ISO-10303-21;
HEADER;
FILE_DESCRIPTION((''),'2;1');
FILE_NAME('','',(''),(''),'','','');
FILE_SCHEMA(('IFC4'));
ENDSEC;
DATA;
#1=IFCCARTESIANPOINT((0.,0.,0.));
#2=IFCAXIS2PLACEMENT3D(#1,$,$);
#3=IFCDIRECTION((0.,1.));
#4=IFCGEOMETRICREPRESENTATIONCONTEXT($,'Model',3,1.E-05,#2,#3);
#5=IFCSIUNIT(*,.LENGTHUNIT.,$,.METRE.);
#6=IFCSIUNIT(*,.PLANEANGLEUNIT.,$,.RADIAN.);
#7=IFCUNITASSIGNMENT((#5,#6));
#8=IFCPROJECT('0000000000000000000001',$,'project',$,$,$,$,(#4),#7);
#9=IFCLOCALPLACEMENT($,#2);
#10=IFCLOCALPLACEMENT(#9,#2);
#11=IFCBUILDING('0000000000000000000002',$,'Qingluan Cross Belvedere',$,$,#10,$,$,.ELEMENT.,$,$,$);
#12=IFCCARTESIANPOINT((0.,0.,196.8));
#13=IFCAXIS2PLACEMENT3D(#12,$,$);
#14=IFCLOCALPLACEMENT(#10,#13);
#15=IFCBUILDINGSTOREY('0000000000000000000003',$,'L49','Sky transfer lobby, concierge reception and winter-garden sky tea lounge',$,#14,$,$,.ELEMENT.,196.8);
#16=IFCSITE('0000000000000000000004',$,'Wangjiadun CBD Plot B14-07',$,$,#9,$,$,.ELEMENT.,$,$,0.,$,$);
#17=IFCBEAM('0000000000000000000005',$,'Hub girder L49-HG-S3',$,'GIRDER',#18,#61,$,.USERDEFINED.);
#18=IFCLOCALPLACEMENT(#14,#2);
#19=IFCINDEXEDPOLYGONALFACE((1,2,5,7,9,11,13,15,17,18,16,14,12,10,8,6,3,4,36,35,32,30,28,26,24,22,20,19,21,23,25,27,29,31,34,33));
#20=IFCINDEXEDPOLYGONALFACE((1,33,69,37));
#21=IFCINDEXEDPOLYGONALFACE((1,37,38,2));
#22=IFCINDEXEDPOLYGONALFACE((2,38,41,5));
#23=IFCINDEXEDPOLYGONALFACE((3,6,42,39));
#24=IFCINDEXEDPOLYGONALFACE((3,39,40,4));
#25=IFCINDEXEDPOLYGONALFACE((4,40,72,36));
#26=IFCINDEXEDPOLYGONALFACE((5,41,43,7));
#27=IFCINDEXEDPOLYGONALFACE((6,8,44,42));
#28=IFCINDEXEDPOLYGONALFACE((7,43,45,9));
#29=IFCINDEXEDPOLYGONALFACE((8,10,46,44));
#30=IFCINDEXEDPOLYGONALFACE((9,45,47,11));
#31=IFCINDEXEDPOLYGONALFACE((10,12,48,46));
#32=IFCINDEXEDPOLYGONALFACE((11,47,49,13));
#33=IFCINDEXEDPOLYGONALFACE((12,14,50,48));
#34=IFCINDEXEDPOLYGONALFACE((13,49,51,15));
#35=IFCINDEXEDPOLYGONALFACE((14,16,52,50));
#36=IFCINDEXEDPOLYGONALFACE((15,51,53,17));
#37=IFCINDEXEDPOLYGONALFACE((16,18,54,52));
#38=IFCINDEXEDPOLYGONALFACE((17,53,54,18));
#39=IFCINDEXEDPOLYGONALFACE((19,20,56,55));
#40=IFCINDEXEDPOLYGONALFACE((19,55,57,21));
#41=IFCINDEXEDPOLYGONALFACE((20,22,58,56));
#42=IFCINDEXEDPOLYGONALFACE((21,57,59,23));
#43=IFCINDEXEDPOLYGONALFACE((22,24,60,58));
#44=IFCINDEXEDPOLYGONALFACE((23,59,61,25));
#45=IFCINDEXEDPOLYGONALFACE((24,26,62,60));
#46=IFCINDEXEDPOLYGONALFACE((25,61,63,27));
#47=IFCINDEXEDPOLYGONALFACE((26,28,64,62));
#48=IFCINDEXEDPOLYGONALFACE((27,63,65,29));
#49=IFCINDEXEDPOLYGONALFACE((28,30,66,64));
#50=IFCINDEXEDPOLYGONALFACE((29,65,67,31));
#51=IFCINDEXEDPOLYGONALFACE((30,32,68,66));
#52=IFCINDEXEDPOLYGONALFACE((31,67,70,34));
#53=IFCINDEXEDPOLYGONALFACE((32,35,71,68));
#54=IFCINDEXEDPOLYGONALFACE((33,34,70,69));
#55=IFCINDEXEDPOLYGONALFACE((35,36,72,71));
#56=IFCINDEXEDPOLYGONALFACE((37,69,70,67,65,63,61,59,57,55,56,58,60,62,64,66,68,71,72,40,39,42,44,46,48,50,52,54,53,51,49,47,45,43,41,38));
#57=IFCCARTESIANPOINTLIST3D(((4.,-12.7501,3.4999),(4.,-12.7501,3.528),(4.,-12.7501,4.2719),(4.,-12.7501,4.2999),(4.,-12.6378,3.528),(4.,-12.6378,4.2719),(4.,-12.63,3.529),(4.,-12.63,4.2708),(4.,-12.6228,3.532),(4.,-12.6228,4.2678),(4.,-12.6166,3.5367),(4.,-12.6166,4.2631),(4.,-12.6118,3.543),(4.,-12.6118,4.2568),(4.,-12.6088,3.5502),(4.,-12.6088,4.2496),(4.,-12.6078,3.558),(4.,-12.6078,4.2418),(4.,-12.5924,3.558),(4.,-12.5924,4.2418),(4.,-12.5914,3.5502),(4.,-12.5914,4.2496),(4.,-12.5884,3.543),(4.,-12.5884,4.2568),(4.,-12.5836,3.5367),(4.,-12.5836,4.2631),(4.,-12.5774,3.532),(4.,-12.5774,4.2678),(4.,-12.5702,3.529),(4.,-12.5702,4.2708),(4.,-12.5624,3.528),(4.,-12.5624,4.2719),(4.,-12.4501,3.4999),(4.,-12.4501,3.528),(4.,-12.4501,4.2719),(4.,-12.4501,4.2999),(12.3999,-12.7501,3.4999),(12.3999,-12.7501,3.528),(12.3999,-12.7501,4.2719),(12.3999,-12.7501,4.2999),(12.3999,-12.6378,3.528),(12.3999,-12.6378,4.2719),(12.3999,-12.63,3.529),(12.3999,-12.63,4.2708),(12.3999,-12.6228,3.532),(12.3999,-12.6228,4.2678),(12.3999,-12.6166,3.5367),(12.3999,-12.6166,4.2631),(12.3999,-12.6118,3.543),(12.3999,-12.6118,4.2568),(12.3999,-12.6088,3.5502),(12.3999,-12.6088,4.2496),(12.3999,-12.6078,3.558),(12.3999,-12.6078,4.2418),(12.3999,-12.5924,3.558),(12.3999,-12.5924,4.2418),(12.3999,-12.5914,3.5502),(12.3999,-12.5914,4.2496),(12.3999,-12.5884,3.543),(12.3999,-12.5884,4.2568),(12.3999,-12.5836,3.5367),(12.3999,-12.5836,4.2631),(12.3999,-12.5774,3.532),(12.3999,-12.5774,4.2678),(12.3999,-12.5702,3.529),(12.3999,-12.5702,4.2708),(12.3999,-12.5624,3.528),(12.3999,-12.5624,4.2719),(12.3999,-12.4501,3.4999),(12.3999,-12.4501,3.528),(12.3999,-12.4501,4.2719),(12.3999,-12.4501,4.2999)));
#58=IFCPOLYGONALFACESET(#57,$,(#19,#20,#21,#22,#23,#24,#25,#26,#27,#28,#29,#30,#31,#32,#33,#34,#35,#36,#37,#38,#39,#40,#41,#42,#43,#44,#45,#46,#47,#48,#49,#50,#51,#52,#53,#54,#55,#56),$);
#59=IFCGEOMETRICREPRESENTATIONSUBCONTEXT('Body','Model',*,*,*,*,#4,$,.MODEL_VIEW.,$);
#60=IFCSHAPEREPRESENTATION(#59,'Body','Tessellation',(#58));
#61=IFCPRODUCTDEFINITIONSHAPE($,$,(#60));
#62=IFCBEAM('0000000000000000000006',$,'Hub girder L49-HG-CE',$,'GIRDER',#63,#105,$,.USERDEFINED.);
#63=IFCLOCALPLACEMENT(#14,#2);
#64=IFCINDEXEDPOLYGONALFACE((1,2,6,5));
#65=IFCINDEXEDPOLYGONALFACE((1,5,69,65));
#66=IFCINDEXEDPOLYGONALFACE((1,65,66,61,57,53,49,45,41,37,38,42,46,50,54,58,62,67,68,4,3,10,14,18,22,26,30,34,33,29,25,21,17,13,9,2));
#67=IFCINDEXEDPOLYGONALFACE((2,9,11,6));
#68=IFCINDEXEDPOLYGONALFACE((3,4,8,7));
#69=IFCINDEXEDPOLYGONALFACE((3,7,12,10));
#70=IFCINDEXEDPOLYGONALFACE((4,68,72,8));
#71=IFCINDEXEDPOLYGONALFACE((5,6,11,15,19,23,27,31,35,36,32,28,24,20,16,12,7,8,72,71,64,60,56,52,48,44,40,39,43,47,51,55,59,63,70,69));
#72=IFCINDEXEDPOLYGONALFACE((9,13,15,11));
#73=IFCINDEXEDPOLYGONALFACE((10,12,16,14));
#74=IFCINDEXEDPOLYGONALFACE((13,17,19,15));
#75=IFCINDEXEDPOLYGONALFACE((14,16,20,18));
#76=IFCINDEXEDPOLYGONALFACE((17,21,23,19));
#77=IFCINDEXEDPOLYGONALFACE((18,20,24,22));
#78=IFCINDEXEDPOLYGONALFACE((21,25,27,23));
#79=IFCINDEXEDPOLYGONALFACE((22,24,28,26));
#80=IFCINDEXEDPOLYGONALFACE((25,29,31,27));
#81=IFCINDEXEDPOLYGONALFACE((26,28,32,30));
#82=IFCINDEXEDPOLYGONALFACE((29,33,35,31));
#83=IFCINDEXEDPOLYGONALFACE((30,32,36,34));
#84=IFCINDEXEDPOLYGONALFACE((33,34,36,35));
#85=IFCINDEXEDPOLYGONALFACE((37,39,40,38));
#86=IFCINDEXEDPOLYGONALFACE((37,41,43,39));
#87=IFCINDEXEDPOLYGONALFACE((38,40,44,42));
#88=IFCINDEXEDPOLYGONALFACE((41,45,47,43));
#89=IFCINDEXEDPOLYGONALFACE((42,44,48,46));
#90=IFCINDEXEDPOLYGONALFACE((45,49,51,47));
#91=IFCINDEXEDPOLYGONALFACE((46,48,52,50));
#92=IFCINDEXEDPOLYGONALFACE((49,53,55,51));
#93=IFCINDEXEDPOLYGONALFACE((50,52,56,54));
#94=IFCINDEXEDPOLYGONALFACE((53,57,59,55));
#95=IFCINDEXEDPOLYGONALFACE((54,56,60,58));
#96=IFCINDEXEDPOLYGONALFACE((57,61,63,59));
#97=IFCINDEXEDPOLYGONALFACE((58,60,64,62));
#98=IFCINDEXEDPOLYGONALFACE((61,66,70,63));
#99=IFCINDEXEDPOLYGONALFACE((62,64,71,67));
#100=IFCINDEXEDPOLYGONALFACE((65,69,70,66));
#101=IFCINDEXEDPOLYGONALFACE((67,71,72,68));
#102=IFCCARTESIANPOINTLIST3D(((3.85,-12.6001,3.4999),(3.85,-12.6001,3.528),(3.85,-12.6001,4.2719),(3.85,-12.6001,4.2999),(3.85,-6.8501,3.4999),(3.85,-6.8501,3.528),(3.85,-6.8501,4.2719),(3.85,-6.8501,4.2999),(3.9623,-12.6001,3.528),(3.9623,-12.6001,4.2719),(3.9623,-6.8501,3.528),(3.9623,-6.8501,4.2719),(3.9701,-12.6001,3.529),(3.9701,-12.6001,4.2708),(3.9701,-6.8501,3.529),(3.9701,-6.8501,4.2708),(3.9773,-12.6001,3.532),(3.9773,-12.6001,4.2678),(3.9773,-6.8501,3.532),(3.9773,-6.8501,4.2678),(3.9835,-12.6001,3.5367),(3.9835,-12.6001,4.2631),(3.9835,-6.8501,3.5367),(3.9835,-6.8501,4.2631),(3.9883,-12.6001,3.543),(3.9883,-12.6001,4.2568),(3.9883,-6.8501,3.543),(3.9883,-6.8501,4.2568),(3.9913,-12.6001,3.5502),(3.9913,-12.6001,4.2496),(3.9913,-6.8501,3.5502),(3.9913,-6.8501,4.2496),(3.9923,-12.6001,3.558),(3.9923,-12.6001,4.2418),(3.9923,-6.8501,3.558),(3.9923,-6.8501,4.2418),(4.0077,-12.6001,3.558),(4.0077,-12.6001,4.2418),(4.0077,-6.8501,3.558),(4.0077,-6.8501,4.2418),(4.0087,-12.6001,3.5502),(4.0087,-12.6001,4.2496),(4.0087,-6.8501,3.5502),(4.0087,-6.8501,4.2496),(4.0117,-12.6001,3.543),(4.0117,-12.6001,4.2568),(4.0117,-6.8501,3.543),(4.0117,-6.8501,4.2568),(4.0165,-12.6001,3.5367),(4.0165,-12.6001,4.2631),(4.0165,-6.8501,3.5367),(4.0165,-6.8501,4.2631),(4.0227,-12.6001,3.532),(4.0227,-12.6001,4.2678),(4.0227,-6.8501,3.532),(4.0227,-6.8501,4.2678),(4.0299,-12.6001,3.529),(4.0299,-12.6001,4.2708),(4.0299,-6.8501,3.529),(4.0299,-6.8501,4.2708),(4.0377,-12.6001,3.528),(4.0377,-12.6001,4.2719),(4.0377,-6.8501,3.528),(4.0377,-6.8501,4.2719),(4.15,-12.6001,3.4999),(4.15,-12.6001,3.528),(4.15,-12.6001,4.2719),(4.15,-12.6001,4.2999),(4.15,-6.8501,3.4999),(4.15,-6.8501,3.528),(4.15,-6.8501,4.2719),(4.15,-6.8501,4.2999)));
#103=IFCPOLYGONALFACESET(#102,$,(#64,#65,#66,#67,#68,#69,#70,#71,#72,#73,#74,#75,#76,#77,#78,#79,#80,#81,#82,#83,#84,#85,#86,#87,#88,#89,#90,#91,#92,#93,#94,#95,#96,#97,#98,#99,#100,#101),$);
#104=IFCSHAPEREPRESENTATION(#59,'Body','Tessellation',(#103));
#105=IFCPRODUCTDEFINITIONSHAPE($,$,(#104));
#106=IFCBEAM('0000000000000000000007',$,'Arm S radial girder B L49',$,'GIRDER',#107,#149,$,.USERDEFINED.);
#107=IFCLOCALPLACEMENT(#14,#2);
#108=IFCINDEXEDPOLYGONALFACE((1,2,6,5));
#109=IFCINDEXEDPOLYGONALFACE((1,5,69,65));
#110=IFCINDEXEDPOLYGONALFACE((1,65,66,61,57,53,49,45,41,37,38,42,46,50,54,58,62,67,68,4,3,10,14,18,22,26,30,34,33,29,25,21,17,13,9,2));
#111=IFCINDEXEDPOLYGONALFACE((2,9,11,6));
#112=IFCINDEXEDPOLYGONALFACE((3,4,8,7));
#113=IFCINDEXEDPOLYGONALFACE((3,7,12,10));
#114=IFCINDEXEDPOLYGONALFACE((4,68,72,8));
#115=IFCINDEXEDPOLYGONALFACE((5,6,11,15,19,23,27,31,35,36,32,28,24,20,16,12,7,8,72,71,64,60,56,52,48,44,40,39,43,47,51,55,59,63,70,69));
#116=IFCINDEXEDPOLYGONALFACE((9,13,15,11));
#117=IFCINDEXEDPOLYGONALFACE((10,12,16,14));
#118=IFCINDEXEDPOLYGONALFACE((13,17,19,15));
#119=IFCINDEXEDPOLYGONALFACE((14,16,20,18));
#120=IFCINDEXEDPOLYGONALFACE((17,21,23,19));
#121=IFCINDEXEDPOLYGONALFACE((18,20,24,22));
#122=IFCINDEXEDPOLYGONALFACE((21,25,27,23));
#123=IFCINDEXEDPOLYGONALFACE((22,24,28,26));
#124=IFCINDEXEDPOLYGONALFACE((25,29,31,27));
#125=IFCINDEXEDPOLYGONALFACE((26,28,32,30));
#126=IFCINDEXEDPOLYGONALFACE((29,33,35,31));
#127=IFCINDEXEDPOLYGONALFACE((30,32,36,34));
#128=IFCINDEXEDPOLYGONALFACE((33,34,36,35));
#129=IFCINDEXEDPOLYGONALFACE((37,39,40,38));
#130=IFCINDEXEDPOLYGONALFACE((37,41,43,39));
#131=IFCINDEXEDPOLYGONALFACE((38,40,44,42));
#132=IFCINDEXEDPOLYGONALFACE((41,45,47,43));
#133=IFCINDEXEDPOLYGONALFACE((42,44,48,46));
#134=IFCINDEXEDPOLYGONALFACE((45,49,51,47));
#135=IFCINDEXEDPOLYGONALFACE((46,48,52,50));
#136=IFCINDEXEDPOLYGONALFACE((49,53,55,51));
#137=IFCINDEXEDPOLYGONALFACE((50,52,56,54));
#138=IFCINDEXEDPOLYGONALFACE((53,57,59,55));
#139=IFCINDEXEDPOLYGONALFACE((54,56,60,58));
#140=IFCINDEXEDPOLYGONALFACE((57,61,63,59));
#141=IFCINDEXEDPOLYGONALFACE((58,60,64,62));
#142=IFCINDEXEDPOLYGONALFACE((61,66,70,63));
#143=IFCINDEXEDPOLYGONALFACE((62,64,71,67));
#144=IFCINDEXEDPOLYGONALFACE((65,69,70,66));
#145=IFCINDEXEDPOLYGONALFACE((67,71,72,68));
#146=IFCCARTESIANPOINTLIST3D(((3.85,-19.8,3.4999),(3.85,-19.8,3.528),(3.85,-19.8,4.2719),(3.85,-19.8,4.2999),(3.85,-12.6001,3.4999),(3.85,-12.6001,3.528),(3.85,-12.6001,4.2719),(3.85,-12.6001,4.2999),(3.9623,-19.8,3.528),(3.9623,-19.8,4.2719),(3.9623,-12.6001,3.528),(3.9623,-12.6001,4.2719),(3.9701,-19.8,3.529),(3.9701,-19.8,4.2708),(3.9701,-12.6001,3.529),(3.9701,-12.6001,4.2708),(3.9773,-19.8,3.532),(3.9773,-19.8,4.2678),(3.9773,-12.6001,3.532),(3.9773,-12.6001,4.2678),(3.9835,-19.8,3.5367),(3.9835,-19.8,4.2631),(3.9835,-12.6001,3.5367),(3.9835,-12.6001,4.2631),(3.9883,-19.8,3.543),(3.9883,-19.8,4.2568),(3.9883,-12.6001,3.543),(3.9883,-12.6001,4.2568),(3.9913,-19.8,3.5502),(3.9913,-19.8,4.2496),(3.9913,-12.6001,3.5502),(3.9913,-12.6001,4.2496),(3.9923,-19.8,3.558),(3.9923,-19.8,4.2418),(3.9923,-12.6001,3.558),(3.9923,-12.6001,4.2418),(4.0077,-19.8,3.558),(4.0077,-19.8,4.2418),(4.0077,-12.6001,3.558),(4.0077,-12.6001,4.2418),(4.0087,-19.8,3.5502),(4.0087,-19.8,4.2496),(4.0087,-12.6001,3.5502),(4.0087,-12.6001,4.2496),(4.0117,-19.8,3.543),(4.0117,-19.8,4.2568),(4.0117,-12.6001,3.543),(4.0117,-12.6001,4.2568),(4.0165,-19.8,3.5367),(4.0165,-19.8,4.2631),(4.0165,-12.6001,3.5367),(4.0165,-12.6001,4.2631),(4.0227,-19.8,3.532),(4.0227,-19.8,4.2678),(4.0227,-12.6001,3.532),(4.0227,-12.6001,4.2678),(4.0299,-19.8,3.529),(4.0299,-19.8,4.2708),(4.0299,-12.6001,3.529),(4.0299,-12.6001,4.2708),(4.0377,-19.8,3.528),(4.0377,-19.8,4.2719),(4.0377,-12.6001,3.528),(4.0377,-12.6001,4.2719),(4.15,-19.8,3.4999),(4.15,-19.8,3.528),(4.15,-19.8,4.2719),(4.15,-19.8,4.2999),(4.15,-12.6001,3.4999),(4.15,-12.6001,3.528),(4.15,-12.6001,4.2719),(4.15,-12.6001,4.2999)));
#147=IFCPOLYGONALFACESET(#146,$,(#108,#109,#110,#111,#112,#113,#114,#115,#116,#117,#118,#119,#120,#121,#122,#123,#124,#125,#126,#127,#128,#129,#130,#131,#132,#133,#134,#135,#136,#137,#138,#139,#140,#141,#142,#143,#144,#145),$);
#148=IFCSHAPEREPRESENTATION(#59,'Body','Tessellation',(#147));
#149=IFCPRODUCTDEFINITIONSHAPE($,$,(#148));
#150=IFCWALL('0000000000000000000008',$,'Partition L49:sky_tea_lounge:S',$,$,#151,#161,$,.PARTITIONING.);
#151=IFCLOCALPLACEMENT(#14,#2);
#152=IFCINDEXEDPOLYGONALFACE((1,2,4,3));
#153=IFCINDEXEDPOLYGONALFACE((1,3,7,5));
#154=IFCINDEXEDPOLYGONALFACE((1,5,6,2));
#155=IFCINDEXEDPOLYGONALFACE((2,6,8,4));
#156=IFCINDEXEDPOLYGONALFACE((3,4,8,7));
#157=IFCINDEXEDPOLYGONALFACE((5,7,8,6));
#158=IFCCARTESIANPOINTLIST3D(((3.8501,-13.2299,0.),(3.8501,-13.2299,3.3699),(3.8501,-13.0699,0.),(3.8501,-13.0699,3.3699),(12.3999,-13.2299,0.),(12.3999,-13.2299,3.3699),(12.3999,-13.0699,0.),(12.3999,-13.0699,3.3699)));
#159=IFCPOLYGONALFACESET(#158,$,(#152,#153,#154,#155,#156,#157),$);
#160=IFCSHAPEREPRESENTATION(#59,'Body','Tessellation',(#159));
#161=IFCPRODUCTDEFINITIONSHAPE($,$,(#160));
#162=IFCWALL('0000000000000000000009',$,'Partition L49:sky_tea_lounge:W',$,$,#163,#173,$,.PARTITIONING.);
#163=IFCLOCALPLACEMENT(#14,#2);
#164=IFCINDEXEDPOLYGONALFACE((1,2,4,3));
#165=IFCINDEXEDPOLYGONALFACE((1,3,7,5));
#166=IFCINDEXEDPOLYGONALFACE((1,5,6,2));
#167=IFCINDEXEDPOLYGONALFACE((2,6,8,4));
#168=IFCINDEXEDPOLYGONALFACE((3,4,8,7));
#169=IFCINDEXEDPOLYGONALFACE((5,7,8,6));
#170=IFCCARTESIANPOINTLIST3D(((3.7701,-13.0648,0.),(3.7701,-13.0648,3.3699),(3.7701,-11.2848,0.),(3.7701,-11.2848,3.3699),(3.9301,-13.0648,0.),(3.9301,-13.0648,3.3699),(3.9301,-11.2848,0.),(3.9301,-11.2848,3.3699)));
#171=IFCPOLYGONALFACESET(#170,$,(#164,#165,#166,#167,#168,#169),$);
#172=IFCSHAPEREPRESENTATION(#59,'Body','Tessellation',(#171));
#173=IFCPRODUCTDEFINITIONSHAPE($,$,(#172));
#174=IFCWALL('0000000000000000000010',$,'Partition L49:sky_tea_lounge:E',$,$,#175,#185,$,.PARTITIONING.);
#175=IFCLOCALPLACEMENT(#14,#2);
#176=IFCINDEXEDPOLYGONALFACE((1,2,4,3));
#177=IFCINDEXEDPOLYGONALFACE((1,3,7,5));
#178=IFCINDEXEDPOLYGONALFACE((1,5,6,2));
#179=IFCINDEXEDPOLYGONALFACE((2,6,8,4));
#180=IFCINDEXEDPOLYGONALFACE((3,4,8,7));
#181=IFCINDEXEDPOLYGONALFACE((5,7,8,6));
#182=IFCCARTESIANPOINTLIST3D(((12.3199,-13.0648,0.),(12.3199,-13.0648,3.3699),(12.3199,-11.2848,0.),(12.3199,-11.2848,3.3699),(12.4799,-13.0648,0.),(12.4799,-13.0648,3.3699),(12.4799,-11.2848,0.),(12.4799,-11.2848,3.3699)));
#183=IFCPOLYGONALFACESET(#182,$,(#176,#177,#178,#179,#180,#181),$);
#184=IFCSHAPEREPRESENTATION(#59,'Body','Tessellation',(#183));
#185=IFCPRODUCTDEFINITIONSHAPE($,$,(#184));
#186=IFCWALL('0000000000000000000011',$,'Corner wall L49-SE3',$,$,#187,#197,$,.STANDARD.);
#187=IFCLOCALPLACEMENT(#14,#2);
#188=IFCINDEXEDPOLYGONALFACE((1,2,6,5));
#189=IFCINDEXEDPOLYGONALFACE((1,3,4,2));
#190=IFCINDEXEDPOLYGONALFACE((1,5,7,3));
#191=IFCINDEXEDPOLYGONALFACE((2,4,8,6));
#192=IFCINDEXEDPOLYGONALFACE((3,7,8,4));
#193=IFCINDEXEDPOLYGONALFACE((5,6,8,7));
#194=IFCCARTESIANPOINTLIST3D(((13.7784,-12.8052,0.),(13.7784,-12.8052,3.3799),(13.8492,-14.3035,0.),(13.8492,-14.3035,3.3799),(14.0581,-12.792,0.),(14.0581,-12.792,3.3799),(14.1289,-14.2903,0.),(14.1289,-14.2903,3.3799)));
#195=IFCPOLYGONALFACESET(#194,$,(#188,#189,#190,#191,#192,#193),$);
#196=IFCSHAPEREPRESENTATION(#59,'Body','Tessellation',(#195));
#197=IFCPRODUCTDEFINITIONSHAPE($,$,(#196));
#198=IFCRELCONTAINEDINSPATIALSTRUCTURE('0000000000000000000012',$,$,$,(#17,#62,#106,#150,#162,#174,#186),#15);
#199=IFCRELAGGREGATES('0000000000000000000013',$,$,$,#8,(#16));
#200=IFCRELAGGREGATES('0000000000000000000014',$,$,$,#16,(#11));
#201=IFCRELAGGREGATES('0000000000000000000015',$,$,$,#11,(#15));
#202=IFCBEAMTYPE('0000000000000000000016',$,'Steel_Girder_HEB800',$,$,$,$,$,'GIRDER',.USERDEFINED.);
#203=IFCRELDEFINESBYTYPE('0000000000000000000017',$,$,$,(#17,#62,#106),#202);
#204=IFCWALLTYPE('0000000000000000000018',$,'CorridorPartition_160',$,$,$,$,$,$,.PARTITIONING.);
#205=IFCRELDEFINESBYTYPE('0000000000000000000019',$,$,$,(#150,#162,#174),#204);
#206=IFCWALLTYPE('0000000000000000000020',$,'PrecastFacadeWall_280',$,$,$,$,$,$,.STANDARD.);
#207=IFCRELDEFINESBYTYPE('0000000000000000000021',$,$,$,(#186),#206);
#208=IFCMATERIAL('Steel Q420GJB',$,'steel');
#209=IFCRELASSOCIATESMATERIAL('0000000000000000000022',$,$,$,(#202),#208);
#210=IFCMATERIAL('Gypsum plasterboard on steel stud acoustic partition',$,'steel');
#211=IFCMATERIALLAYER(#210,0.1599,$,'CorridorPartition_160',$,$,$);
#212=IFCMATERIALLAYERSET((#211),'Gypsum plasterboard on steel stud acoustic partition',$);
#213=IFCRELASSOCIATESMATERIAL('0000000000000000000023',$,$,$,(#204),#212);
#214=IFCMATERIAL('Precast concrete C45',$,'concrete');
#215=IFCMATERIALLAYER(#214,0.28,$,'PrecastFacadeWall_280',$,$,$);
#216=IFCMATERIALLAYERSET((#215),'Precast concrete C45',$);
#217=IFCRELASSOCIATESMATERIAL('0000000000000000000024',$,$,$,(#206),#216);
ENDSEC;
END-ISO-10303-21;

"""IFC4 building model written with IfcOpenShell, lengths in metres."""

from ifc_helpers import new_model, si_unit, direction, frame, frame_2d, origin, origin_2d, place, context, subcontext, project, spatial, rectangle, i_section, extrude, material, layer, layer_set, material_profile, profile_set, type_object, element, save


model = new_model("IFC4")

# Units and contexts
model_context = context("Model", 3, precision=1e-05, world=origin(), true_north=direction((0.0, 1.0)))
body_context = subcontext(model_context, "Body", "Model", "MODEL_VIEW")
ifc_project = project(units=[si_unit("LENGTHUNIT", "METRE"), si_unit("PLANEANGLEUNIT", "RADIAN")], contexts=[model_context])

# Site, building, storey
site_placement = place(None, origin())
site = spatial("IfcSite", under=ifc_project, at=site_placement, Name="Wangjiadun CBD Plot B14-07", CompositionType="ELEMENT", RefElevation=0.0)
building_placement = place(site_placement, origin())
building = spatial("IfcBuilding", under=site, at=building_placement, Name="Qingluan Cross Belvedere", CompositionType="ELEMENT")
storey_placement = place(building_placement, frame((0.0, 0.0, 196.8)))
storey = spatial("IfcBuildingStorey", under=building, at=storey_placement, Name="L49", Description="Sky transfer lobby, concierge reception and winter-garden sky tea lounge", CompositionType="ELEMENT", Elevation=196.8)

# Beams
ifc_material_1 = material(Name="Steel Q420GJB", Category="steel")
ifc_material_profile_1 = material_profile(ifc_material_1, i_section(OverallWidth=0.3, OverallDepth=0.8, WebThickness=0.0154, FlangeThickness=0.0281, FilletRadius=0.03, at=origin_2d()), Name="HEB800")
ifc_profile_set_1 = profile_set([ifc_material_profile_1], Name="Steel Q420GJB")
beam_type_1 = type_object("IfcBeamType", Name="Steel_Girder_HEB800", ElementType="GIRDER", PredefinedType="USERDEFINED", material=ifc_profile_set_1)
beam_1_placement = place(storey_placement, frame((4.0, -12.6001, 3.8999), z_axis=(1.0, 0.0, 0.0), x_axis=(0.0, 1.0, 0.0)))
element("IfcBeam", 1, at=beam_1_placement, inside=storey, type_object=beam_type_1, Name="Hub girder L49-HG-S3", ObjectType="GIRDER", PredefinedType="USERDEFINED", context=body_context, shape_type="SweptSolid", body=[
    extrude(i_section(OverallWidth=0.3, OverallDepth=0.8, WebThickness=0.0154, FlangeThickness=0.0281, FilletRadius=0.03, at=origin_2d()), origin(), (0.0, 0.0, 1.0), 8.3999),
])
beam_2_placement = place(storey_placement, frame((4.0, -12.6001, 3.8999), z_axis=(0.0, 1.0, 0.0), x_axis=(-1.0, 0.0, 0.0)))
element("IfcBeam", 2, at=beam_2_placement, inside=storey, type_object=beam_type_1, Name="Hub girder L49-HG-CE", ObjectType="GIRDER", PredefinedType="USERDEFINED", context=body_context, shape_type="SweptSolid", body=[
    extrude(i_section(OverallWidth=0.3, OverallDepth=0.8, WebThickness=0.0154, FlangeThickness=0.0281, FilletRadius=0.03, at=origin_2d()), origin(), (0.0, 0.0, 1.0), 5.75),
])
beam_3_placement = place(storey_placement, frame((4.0, -12.6001, 3.8999), z_axis=(0.0, -1.0, 0.0), x_axis=(1.0, 0.0, 0.0)))
element("IfcBeam", 3, at=beam_3_placement, inside=storey, type_object=beam_type_1, Name="Arm S radial girder B L49", ObjectType="GIRDER", PredefinedType="USERDEFINED", context=body_context, shape_type="SweptSolid", body=[
    extrude(i_section(OverallWidth=0.3, OverallDepth=0.8, WebThickness=0.0154, FlangeThickness=0.0281, FilletRadius=0.03, at=origin_2d()), origin(), (0.0, 0.0, 1.0), 7.2),
])

# Walls
ifc_material_2 = material(Name="Gypsum plasterboard on steel stud acoustic partition", Category="steel")
ifc_layer_1 = layer(ifc_material_2, 0.1599, Name="CorridorPartition_160")
ifc_layer_set_1 = layer_set([ifc_layer_1], Name="Gypsum plasterboard on steel stud acoustic partition")
wall_type_1 = type_object("IfcWallType", Name="CorridorPartition_160", PredefinedType="PARTITIONING", material=ifc_layer_set_1)
wall_1_placement = place(storey_placement, frame((3.8501, -13.1499, 0.0), z_axis=(0.0, 0.0, 1.0), x_axis=(1.0, 0.0, 0.0)))
element("IfcWall", 4, at=wall_1_placement, inside=storey, type_object=wall_type_1, Name="Partition L49:sky_tea_lounge:S", PredefinedType="PARTITIONING", context=body_context, shape_type="SweptSolid", body=[
    extrude(rectangle(XDim=8.5498, YDim=0.1599, at=frame_2d((4.2749, 0.0))), origin(), (0.0, 0.0, 1.0), 3.3699),
])
for number, where, z_axis, x_axis, name in (
    (5, (3.8501, -13.0649, 0.0), (0.0, 0.0, 1.0), (0.0, 1.0, 0.0), "Partition L49:sky_tea_lounge:W"),
    (6, (12.3999, -13.0649, 0.0), (0.0, 0.0, 1.0), (0.0, 1.0, 0.0), "Partition L49:sky_tea_lounge:E"),
):
    element("IfcWall", number, at=place(storey_placement, frame(where, z_axis=z_axis, x_axis=x_axis)), inside=storey, type_object=wall_type_1, Name=name, PredefinedType="PARTITIONING", context=body_context, shape_type="SweptSolid", body=[
        extrude(rectangle(XDim=1.78, YDim=0.1599, at=frame_2d((0.8901, 0.0))), origin(), (0.0, 0.0, 1.0), 3.3699),
    ])
ifc_material_3 = material(Name="Precast concrete C45", Category="concrete")
ifc_layer_2 = layer(ifc_material_3, 0.28, Name="PrecastFacadeWall_280")
ifc_layer_set_2 = layer_set([ifc_layer_2], Name="Precast concrete C45")
wall_type_2 = type_object("IfcWallType", Name="PrecastFacadeWall_280", PredefinedType="STANDARD", material=ifc_layer_set_2)
wall_2_placement = place(storey_placement, frame((13.9182, -12.7986, 0.0), z_axis=(0.0, 0.0, 1.0), x_axis=(0.047202, -0.998885, 0.0)))
element("IfcWall", 7, at=wall_2_placement, inside=storey, type_object=wall_type_2, Name="Corner wall L49-SE3", PredefinedType="STANDARD", context=body_context, shape_type="SweptSolid", body=[
    extrude(rectangle(XDim=1.5, YDim=0.28, at=frame_2d((0.75, 0.0))), origin(), (0.0, 0.0, 1.0), 3.3799),
])

save(model, "model.ifc")
